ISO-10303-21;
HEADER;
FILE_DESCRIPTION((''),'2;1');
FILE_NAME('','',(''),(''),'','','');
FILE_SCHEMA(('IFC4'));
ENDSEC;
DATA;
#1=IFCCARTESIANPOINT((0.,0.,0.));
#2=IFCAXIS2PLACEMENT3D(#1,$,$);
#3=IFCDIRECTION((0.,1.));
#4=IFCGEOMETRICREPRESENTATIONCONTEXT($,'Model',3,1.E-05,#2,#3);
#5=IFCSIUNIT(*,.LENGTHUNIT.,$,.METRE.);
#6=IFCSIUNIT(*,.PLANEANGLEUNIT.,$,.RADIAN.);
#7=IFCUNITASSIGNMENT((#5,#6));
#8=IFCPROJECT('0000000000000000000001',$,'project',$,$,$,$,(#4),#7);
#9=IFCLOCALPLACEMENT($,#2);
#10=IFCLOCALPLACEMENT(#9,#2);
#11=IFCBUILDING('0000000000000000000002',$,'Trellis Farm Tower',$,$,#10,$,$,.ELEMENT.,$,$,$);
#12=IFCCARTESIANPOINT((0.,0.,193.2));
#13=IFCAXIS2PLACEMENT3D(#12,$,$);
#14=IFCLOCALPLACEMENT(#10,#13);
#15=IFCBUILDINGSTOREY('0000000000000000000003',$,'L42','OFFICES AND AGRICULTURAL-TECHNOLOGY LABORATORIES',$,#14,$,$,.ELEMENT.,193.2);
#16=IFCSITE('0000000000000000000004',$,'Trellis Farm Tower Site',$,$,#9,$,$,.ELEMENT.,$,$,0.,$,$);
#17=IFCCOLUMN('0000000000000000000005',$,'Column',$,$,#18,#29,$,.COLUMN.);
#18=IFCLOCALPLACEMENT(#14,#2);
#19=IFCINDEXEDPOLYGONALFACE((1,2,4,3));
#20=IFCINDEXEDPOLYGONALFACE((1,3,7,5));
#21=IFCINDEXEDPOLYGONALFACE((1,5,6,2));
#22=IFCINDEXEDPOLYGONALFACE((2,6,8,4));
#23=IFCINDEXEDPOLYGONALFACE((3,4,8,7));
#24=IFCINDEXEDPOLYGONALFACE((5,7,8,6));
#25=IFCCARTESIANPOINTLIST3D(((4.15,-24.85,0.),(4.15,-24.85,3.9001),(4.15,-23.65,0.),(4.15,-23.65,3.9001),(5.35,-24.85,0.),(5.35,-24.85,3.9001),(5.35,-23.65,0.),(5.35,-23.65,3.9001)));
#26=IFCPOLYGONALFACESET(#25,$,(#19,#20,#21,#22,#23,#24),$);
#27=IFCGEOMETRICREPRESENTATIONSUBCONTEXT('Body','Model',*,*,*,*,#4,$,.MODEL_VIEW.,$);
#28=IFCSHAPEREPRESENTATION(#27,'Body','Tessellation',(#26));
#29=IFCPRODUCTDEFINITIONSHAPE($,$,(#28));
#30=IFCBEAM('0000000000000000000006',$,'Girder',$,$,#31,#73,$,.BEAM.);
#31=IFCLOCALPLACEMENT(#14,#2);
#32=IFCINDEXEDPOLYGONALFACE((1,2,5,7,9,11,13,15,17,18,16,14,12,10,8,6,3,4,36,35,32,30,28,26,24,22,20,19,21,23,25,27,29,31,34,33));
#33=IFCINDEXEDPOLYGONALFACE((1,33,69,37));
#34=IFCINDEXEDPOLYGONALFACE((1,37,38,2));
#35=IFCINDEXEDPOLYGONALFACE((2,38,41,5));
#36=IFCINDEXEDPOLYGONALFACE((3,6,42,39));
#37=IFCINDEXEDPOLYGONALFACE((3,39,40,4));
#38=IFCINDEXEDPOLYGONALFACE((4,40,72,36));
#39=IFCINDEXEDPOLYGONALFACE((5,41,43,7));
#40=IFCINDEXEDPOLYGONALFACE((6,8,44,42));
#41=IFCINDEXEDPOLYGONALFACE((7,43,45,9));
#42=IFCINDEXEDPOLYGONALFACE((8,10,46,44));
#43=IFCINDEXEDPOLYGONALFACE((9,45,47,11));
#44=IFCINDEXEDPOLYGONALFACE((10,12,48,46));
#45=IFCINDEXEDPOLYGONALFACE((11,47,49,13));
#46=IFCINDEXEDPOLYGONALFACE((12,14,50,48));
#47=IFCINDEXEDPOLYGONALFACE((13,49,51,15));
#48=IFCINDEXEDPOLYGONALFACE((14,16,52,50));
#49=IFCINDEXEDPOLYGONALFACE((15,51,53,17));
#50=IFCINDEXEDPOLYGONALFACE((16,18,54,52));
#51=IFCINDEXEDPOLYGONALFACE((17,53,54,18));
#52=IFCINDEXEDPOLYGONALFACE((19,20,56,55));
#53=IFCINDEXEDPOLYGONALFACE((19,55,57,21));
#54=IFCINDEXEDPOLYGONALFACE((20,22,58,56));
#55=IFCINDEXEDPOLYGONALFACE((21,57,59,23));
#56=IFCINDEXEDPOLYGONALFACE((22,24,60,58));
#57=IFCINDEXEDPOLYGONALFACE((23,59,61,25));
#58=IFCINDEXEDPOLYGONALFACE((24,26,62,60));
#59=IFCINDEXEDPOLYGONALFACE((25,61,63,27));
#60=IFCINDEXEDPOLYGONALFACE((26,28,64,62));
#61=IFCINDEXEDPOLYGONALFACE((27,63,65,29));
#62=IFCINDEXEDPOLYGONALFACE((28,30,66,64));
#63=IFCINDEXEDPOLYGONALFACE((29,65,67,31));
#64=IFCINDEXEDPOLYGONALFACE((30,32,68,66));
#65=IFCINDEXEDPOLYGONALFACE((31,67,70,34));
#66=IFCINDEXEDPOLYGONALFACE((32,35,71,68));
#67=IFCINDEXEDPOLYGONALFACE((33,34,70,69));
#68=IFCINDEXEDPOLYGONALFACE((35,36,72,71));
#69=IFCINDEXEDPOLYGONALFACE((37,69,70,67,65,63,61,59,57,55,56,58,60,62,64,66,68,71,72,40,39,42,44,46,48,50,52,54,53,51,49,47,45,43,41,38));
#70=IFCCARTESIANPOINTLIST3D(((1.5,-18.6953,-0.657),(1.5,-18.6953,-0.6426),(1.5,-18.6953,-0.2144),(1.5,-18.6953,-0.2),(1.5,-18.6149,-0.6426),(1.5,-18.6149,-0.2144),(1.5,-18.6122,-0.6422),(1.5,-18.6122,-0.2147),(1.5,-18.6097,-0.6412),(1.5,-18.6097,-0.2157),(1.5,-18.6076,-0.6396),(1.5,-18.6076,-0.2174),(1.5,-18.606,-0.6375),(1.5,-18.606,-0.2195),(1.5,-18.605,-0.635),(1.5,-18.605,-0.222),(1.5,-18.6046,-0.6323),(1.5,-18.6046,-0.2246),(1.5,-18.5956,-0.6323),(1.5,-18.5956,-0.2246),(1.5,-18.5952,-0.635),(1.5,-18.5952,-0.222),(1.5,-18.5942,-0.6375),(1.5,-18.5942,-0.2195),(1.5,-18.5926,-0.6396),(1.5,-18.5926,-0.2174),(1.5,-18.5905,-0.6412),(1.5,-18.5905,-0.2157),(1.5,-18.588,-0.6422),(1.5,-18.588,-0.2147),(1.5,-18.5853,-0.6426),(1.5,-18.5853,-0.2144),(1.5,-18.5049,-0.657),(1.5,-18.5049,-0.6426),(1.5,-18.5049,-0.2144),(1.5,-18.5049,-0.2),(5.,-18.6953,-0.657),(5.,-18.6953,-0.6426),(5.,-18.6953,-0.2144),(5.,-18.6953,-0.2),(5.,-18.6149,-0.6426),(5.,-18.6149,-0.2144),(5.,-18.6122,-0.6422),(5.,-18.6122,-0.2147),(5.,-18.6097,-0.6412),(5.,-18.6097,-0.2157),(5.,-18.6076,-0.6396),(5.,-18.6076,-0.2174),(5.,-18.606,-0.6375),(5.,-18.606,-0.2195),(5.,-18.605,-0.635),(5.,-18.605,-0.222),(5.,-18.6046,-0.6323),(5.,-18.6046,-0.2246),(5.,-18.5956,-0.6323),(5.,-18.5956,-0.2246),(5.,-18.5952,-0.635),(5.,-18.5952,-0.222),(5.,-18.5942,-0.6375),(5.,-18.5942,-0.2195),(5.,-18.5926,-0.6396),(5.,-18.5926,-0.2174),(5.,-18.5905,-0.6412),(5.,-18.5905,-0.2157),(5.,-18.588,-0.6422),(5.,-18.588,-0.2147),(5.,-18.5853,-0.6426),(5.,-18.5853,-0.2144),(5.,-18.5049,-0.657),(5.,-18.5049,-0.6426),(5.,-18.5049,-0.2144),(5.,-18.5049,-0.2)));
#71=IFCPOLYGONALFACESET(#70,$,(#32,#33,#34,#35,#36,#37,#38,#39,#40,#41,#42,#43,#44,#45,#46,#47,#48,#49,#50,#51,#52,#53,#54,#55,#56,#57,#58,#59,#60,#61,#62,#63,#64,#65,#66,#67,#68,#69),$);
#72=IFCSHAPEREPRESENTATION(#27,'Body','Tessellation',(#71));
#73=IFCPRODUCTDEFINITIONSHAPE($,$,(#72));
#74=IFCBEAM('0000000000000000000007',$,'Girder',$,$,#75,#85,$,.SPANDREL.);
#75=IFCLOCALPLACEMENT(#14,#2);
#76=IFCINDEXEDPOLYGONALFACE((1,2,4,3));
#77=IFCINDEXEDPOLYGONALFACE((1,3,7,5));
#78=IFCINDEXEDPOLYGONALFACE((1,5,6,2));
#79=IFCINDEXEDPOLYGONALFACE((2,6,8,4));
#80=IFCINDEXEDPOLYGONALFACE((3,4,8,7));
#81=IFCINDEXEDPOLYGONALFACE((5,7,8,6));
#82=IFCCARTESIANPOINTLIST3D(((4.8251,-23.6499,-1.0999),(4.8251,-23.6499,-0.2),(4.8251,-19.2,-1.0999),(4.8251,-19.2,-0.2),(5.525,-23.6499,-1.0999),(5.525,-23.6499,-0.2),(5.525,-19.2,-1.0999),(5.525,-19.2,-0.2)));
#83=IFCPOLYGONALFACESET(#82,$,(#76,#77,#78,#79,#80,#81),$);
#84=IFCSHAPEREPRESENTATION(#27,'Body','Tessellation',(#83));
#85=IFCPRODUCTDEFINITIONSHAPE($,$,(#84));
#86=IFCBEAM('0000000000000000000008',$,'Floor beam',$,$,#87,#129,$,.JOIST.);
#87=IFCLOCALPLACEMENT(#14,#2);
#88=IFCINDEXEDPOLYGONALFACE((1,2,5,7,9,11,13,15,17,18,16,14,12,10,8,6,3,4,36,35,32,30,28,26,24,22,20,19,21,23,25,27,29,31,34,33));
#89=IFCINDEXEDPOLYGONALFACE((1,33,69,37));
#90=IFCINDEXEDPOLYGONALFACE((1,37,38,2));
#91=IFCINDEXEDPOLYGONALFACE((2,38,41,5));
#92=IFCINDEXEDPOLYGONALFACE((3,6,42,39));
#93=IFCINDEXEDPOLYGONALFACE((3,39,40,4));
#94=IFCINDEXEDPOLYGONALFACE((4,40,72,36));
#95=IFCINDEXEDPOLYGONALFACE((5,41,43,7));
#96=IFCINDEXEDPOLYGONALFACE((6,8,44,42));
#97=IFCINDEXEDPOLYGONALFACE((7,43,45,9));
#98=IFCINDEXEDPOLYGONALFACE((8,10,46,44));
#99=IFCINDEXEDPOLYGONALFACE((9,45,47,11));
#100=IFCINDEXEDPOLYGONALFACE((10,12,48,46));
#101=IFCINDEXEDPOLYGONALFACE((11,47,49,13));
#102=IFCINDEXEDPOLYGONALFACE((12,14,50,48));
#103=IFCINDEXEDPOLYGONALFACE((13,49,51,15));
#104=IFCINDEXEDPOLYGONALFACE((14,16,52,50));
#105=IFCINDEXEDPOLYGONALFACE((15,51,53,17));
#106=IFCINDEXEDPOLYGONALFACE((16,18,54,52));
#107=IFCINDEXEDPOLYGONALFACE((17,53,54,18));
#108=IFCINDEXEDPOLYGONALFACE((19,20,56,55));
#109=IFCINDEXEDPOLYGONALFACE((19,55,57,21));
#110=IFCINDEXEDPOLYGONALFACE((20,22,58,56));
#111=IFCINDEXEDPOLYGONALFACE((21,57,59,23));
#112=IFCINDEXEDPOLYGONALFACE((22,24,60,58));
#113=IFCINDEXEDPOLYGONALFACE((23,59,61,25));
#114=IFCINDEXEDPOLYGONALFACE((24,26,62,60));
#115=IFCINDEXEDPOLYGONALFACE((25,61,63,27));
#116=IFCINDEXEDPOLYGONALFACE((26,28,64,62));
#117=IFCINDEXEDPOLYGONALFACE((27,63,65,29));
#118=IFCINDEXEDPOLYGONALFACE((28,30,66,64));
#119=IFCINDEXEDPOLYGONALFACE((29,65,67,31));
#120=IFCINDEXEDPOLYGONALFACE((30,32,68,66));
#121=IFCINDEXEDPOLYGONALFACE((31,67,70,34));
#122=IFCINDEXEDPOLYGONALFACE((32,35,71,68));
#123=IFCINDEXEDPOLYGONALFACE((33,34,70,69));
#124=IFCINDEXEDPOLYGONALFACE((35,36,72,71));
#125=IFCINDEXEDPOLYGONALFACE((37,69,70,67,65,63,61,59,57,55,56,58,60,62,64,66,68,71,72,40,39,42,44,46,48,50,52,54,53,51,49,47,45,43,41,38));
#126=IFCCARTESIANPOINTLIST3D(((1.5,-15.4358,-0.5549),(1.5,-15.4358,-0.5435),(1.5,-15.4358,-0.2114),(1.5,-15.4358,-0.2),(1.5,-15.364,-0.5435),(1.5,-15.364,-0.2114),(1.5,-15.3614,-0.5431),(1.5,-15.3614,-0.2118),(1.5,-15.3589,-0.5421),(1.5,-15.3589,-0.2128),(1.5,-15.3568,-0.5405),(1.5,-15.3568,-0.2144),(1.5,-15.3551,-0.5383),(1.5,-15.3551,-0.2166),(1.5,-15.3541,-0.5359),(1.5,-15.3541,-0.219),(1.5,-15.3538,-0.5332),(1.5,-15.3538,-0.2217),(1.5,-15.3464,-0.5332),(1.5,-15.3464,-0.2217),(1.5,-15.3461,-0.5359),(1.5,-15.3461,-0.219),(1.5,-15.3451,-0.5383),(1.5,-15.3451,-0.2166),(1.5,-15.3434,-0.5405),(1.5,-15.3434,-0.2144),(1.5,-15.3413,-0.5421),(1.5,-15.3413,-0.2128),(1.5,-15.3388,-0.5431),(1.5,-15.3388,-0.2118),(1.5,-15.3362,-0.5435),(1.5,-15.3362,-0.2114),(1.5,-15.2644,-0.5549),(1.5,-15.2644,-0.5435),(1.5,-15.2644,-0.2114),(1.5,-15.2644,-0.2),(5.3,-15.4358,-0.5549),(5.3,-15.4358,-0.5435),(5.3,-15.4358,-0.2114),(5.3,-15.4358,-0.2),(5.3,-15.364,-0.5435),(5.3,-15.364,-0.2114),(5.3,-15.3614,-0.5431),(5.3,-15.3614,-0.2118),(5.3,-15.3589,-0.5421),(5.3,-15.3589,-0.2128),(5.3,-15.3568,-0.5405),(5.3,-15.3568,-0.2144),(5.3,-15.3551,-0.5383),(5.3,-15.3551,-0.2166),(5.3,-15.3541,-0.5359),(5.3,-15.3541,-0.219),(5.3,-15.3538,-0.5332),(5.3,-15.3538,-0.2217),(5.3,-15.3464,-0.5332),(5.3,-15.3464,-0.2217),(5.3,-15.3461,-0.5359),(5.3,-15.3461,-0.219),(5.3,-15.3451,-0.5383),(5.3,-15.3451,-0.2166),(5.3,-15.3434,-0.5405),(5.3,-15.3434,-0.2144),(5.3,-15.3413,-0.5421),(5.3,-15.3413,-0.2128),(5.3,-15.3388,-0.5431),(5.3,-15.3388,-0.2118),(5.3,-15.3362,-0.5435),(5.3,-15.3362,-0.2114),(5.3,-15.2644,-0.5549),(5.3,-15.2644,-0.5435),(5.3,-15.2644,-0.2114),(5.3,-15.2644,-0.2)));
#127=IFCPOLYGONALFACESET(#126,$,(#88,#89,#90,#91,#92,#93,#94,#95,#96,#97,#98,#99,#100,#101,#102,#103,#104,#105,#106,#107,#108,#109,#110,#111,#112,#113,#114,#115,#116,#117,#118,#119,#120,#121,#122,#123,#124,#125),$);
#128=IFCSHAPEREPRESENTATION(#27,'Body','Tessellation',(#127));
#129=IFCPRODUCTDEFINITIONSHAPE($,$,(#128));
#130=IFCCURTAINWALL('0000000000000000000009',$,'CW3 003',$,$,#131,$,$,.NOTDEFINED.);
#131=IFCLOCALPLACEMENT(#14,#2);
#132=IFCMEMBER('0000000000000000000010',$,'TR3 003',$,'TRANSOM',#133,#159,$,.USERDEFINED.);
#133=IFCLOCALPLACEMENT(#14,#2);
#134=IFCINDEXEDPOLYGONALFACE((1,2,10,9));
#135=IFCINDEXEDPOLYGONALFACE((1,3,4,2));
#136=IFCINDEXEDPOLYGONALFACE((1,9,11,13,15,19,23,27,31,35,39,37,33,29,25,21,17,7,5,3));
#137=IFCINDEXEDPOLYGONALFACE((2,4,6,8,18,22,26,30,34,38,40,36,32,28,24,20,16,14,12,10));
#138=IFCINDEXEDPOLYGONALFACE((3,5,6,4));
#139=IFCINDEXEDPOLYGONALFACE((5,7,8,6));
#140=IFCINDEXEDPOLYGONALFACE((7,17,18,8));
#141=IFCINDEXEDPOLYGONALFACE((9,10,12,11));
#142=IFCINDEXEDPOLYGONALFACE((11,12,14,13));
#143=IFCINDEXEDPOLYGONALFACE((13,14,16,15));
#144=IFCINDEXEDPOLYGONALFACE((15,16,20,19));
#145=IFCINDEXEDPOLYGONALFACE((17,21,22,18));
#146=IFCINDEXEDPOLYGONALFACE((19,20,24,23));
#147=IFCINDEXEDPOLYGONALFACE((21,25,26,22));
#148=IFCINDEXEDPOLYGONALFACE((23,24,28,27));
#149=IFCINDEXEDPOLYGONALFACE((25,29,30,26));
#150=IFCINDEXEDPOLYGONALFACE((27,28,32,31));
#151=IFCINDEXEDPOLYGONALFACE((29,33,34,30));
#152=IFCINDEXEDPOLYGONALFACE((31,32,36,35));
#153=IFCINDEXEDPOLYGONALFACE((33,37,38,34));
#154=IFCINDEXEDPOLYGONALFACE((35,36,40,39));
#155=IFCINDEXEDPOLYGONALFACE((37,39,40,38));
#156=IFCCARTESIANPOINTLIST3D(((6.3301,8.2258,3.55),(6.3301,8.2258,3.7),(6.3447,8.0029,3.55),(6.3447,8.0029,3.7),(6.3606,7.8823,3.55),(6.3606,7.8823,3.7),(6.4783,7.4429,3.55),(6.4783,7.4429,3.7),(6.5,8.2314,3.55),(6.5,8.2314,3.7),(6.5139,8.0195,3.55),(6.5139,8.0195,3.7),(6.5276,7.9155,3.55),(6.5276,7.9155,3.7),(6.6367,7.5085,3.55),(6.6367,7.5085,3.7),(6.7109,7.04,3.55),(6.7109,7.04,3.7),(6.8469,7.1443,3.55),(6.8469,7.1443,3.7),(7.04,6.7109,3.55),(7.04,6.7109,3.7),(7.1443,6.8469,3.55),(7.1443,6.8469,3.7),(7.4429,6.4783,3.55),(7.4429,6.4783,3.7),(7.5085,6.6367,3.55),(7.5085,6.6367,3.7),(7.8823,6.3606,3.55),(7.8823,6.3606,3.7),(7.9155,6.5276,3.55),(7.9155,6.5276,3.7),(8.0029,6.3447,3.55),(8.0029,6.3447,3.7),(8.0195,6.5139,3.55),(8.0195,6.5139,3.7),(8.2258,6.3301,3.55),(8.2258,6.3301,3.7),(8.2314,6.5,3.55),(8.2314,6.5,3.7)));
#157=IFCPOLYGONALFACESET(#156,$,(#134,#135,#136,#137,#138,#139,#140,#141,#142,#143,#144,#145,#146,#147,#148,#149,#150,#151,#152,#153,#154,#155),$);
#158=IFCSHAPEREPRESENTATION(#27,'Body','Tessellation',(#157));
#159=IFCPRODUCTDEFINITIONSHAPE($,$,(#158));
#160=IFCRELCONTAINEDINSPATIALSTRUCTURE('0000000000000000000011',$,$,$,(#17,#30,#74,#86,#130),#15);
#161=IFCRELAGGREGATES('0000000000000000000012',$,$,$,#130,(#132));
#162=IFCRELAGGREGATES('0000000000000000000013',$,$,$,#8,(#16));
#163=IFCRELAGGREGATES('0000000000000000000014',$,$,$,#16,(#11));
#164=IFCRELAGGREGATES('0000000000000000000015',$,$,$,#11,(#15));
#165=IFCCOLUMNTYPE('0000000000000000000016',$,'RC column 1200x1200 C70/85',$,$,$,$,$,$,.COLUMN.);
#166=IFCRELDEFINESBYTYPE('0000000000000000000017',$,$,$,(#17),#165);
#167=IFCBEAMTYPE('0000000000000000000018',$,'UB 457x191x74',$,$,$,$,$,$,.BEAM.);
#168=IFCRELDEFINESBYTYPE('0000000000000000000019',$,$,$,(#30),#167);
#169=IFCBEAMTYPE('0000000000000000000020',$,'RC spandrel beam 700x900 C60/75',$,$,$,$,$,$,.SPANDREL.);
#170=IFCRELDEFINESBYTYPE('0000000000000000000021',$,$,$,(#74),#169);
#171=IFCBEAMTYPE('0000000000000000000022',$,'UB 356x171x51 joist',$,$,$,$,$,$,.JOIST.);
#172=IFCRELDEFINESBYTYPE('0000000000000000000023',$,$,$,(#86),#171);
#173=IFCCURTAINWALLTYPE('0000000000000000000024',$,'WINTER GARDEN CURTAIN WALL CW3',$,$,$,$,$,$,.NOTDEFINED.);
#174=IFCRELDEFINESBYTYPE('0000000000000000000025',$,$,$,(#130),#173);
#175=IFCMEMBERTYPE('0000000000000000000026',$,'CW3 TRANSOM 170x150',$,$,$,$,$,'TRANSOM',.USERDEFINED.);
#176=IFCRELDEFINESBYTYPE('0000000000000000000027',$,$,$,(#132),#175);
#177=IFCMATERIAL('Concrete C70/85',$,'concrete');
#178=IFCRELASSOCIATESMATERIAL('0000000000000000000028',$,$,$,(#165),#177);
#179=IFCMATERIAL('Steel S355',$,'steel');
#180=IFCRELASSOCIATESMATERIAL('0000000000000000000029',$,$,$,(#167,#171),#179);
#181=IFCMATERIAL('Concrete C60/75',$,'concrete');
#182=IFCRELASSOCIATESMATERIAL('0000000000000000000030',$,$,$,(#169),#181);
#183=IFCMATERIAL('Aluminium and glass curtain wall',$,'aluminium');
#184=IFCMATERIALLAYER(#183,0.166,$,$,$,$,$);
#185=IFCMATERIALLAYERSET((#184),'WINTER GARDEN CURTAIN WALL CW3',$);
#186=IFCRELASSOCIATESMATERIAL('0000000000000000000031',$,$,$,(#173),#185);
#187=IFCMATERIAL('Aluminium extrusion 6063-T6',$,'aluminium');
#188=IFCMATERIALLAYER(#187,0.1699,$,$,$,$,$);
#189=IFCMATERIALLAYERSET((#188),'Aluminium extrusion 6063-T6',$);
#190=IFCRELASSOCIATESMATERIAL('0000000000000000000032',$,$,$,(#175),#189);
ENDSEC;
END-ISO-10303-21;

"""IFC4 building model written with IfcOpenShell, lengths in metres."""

from ifc_helpers import new_model, si_unit, direction, frame, origin, origin_2d, place, context, subcontext, project, spatial, polyline, rectangle, i_section, outline, extrude, source, transform, mapped, material, layer, layer_set, material_profile, profile_set, type_object, element, aggregate, save


model = new_model("IFC4")

# Units and contexts
model_context = context("Model", 3, precision=1e-05, world=origin(), true_north=direction((0.0, 1.0)))
body_context = subcontext(model_context, "Body", "Model", "MODEL_VIEW")
ifc_project = project(units=[si_unit("LENGTHUNIT", "METRE"), si_unit("PLANEANGLEUNIT", "RADIAN")], contexts=[model_context])

# Site, building, storey
site_placement = place(None, origin())
site = spatial("IfcSite", under=ifc_project, at=site_placement, Name="Trellis Farm Tower Site", CompositionType="ELEMENT", RefElevation=0.0)
building_placement = place(site_placement, origin())
building = spatial("IfcBuilding", under=site, at=building_placement, Name="Trellis Farm Tower", CompositionType="ELEMENT")
storey_placement = place(building_placement, frame((0.0, 0.0, 193.2)))
storey = spatial("IfcBuildingStorey", under=building, at=storey_placement, Name="L42", Description="OFFICES AND AGRICULTURAL-TECHNOLOGY LABORATORIES", CompositionType="ELEMENT", Elevation=193.2)

# Column
ifc_material_1 = material(Name="Concrete C70/85", Category="concrete")
ifc_material_profile_1 = material_profile(ifc_material_1, rectangle(XDim=1.2, YDim=1.2, at=origin_2d()), Name="RC column 1200x1200 C70/85")
ifc_profile_set_1 = profile_set([ifc_material_profile_1], Name="Concrete C70/85")
column_type = type_object("IfcColumnType", Name="RC column 1200x1200 C70/85", PredefinedType="COLUMN", material=ifc_profile_set_1)
shared_shape_1 = source(origin(), body_context, "Body", "SweptSolid", [
    extrude(rectangle(XDim=1.2, YDim=1.2, at=origin_2d()), origin(), (0.0, 0.0, 1.0), 3.9001),
])
column_placement = place(storey_placement, frame((4.75, -24.25, 0.0), z_axis=(0.0, 0.0, 1.0), x_axis=(1.0, 0.0, 0.0)))
element("IfcColumn", 1, at=column_placement, inside=storey, type_object=column_type, Name="Column", PredefinedType="COLUMN", context=body_context, shape_type="MappedRepresentation", body=[
    mapped(shared_shape_1, transform((0.0, 0.0, 0.0))),
])

# Beams
ifc_material_2 = material(Name="Steel S355", Category="steel")
ifc_material_profile_2 = material_profile(ifc_material_2, i_section(OverallWidth=0.1904, OverallDepth=0.457, WebThickness=0.009, FlangeThickness=0.0144, FilletRadius=0.0103, at=origin_2d()), Name="UB 457x191x74")
ifc_profile_set_2 = profile_set([ifc_material_profile_2], Name="Steel S355")
beam_type_1 = type_object("IfcBeamType", Name="UB 457x191x74", PredefinedType="BEAM", material=ifc_profile_set_2)
shared_shape_2 = source(origin(), body_context, "Body", "SweptSolid", [
    extrude(i_section(OverallWidth=0.1904, OverallDepth=0.457, WebThickness=0.009, FlangeThickness=0.0144, FilletRadius=0.0103, at=origin_2d()), origin(), (0.0, 0.0, 1.0), 3.5),
])
beam_1_placement = place(storey_placement, frame((1.5, -18.6001, -0.4285), z_axis=(1.0, 0.0, 0.0), x_axis=(0.0, 1.0, 0.0)))
element("IfcBeam", 2, at=beam_1_placement, inside=storey, type_object=beam_type_1, Name="Girder", PredefinedType="BEAM", context=body_context, shape_type="MappedRepresentation", body=[
    mapped(shared_shape_2, transform((0.0, 0.0, 0.0))),
])
ifc_material_3 = material(Name="Concrete C60/75", Category="concrete")
ifc_material_profile_3 = material_profile(ifc_material_3, rectangle(XDim=0.7, YDim=0.8999, at=origin_2d()), Name="RC spandrel beam 700x900 C60/75")
ifc_profile_set_3 = profile_set([ifc_material_profile_3], Name="Concrete C60/75")
beam_type_2 = type_object("IfcBeamType", Name="RC spandrel beam 700x900 C60/75", PredefinedType="SPANDREL", material=ifc_profile_set_3)
shared_shape_3 = source(origin(), body_context, "Body", "SweptSolid", [
    extrude(rectangle(XDim=0.7, YDim=0.8999, at=origin_2d()), origin(), (0.0, 0.0, 1.0), 4.45),
])
beam_2_placement = place(storey_placement, frame((5.175, -23.6499, -0.6499), z_axis=(0.0, 1.0, 0.0), x_axis=(-1.0, 0.0, 0.0)))
element("IfcBeam", 3, at=beam_2_placement, inside=storey, type_object=beam_type_2, Name="Girder", PredefinedType="SPANDREL", context=body_context, shape_type="MappedRepresentation", body=[
    mapped(shared_shape_3, transform((0.0, 0.0, 0.0))),
])
ifc_material_profile_4 = material_profile(ifc_material_2, i_section(OverallWidth=0.1714, OverallDepth=0.355, WebThickness=0.0073, FlangeThickness=0.0115, FilletRadius=0.0103, at=origin_2d()), Name="UB 356x171x51")
ifc_profile_set_4 = profile_set([ifc_material_profile_4], Name="Steel S355")
beam_type_3 = type_object("IfcBeamType", Name="UB 356x171x51 joist", PredefinedType="JOIST", material=ifc_profile_set_4)
shared_shape_4 = source(origin(), body_context, "Body", "SweptSolid", [
    extrude(i_section(OverallWidth=0.1714, OverallDepth=0.355, WebThickness=0.0073, FlangeThickness=0.0115, FilletRadius=0.0103, at=origin_2d()), origin(), (0.0, 0.0, 1.0), 3.8),
])
beam_3_placement = place(storey_placement, frame((1.5, -15.3501, -0.3774), z_axis=(1.0, 0.0, 0.0), x_axis=(0.0, 1.0, 0.0)))
element("IfcBeam", 4, at=beam_3_placement, inside=storey, type_object=beam_type_3, Name="Floor beam", PredefinedType="JOIST", context=body_context, shape_type="MappedRepresentation", body=[
    mapped(shared_shape_4, transform((0.0, 0.0, 0.0))),
])

# Curtain wall, member
ifc_material_4 = material(Name="Aluminium and glass curtain wall", Category="aluminium")
ifc_layer_1 = layer(ifc_material_4, 0.166)
ifc_layer_set_1 = layer_set([ifc_layer_1], Name="WINTER GARDEN CURTAIN WALL CW3")
curtain_wall_type_1 = type_object("IfcCurtainWallType", Name="WINTER GARDEN CURTAIN WALL CW3", PredefinedType="NOTDEFINED", material=ifc_layer_set_1)
placement_1 = place(storey_placement, origin())
curtain_wall_1 = element("IfcCurtainWall", 5, at=placement_1, inside=storey, type_object=curtain_wall_type_1, Name="CW3 003", PredefinedType="NOTDEFINED")
ifc_material_5 = material(Name="Aluminium extrusion 6063-T6", Category="aluminium")
ifc_layer_2 = layer(ifc_material_5, 0.1699)
ifc_layer_set_2 = layer_set([ifc_layer_2], Name="Aluminium extrusion 6063-T6")
member_type_1 = type_object("IfcMemberType", Name="CW3 TRANSOM 170x150", ElementType="TRANSOM", PredefinedType="USERDEFINED", material=ifc_layer_set_2)
shared_shape_5 = source(origin(), body_context, "Body", "SweptSolid", [
    extrude(outline(polyline([(8.2314, 6.5), (8.0195, 6.5139), (7.9155, 6.5276), (7.5085, 6.6367), (7.1443, 6.8469), (6.8469, 7.1443), (6.6367, 7.5085), (6.5276, 7.9155), (6.5139, 8.0195), (6.5, 8.2314), (6.3301, 8.2258), (6.3447, 8.0029), (6.3606, 7.8823), (6.4783, 7.4429), (6.7109, 7.04), (7.04, 6.7109), (7.4429, 6.4783), (7.8823, 6.3606), (8.0029, 6.3447), (8.2258, 6.3301), (8.2314, 6.5)])), origin(), (0.0, 0.0, 1.0), 0.1499),
])
member_1_placement = place(storey_placement, frame((0.0, 0.0, 3.55)))
member_1 = element("IfcMember", 6, at=member_1_placement, type_object=member_type_1, Name="TR3 003", ObjectType="TRANSOM", PredefinedType="USERDEFINED", context=body_context, shape_type="MappedRepresentation", body=[
    mapped(shared_shape_5, transform((0.0, 0.0, 0.0))),
])

aggregate(curtain_wall_1, [member_1])

save(model, "model.ifc")
